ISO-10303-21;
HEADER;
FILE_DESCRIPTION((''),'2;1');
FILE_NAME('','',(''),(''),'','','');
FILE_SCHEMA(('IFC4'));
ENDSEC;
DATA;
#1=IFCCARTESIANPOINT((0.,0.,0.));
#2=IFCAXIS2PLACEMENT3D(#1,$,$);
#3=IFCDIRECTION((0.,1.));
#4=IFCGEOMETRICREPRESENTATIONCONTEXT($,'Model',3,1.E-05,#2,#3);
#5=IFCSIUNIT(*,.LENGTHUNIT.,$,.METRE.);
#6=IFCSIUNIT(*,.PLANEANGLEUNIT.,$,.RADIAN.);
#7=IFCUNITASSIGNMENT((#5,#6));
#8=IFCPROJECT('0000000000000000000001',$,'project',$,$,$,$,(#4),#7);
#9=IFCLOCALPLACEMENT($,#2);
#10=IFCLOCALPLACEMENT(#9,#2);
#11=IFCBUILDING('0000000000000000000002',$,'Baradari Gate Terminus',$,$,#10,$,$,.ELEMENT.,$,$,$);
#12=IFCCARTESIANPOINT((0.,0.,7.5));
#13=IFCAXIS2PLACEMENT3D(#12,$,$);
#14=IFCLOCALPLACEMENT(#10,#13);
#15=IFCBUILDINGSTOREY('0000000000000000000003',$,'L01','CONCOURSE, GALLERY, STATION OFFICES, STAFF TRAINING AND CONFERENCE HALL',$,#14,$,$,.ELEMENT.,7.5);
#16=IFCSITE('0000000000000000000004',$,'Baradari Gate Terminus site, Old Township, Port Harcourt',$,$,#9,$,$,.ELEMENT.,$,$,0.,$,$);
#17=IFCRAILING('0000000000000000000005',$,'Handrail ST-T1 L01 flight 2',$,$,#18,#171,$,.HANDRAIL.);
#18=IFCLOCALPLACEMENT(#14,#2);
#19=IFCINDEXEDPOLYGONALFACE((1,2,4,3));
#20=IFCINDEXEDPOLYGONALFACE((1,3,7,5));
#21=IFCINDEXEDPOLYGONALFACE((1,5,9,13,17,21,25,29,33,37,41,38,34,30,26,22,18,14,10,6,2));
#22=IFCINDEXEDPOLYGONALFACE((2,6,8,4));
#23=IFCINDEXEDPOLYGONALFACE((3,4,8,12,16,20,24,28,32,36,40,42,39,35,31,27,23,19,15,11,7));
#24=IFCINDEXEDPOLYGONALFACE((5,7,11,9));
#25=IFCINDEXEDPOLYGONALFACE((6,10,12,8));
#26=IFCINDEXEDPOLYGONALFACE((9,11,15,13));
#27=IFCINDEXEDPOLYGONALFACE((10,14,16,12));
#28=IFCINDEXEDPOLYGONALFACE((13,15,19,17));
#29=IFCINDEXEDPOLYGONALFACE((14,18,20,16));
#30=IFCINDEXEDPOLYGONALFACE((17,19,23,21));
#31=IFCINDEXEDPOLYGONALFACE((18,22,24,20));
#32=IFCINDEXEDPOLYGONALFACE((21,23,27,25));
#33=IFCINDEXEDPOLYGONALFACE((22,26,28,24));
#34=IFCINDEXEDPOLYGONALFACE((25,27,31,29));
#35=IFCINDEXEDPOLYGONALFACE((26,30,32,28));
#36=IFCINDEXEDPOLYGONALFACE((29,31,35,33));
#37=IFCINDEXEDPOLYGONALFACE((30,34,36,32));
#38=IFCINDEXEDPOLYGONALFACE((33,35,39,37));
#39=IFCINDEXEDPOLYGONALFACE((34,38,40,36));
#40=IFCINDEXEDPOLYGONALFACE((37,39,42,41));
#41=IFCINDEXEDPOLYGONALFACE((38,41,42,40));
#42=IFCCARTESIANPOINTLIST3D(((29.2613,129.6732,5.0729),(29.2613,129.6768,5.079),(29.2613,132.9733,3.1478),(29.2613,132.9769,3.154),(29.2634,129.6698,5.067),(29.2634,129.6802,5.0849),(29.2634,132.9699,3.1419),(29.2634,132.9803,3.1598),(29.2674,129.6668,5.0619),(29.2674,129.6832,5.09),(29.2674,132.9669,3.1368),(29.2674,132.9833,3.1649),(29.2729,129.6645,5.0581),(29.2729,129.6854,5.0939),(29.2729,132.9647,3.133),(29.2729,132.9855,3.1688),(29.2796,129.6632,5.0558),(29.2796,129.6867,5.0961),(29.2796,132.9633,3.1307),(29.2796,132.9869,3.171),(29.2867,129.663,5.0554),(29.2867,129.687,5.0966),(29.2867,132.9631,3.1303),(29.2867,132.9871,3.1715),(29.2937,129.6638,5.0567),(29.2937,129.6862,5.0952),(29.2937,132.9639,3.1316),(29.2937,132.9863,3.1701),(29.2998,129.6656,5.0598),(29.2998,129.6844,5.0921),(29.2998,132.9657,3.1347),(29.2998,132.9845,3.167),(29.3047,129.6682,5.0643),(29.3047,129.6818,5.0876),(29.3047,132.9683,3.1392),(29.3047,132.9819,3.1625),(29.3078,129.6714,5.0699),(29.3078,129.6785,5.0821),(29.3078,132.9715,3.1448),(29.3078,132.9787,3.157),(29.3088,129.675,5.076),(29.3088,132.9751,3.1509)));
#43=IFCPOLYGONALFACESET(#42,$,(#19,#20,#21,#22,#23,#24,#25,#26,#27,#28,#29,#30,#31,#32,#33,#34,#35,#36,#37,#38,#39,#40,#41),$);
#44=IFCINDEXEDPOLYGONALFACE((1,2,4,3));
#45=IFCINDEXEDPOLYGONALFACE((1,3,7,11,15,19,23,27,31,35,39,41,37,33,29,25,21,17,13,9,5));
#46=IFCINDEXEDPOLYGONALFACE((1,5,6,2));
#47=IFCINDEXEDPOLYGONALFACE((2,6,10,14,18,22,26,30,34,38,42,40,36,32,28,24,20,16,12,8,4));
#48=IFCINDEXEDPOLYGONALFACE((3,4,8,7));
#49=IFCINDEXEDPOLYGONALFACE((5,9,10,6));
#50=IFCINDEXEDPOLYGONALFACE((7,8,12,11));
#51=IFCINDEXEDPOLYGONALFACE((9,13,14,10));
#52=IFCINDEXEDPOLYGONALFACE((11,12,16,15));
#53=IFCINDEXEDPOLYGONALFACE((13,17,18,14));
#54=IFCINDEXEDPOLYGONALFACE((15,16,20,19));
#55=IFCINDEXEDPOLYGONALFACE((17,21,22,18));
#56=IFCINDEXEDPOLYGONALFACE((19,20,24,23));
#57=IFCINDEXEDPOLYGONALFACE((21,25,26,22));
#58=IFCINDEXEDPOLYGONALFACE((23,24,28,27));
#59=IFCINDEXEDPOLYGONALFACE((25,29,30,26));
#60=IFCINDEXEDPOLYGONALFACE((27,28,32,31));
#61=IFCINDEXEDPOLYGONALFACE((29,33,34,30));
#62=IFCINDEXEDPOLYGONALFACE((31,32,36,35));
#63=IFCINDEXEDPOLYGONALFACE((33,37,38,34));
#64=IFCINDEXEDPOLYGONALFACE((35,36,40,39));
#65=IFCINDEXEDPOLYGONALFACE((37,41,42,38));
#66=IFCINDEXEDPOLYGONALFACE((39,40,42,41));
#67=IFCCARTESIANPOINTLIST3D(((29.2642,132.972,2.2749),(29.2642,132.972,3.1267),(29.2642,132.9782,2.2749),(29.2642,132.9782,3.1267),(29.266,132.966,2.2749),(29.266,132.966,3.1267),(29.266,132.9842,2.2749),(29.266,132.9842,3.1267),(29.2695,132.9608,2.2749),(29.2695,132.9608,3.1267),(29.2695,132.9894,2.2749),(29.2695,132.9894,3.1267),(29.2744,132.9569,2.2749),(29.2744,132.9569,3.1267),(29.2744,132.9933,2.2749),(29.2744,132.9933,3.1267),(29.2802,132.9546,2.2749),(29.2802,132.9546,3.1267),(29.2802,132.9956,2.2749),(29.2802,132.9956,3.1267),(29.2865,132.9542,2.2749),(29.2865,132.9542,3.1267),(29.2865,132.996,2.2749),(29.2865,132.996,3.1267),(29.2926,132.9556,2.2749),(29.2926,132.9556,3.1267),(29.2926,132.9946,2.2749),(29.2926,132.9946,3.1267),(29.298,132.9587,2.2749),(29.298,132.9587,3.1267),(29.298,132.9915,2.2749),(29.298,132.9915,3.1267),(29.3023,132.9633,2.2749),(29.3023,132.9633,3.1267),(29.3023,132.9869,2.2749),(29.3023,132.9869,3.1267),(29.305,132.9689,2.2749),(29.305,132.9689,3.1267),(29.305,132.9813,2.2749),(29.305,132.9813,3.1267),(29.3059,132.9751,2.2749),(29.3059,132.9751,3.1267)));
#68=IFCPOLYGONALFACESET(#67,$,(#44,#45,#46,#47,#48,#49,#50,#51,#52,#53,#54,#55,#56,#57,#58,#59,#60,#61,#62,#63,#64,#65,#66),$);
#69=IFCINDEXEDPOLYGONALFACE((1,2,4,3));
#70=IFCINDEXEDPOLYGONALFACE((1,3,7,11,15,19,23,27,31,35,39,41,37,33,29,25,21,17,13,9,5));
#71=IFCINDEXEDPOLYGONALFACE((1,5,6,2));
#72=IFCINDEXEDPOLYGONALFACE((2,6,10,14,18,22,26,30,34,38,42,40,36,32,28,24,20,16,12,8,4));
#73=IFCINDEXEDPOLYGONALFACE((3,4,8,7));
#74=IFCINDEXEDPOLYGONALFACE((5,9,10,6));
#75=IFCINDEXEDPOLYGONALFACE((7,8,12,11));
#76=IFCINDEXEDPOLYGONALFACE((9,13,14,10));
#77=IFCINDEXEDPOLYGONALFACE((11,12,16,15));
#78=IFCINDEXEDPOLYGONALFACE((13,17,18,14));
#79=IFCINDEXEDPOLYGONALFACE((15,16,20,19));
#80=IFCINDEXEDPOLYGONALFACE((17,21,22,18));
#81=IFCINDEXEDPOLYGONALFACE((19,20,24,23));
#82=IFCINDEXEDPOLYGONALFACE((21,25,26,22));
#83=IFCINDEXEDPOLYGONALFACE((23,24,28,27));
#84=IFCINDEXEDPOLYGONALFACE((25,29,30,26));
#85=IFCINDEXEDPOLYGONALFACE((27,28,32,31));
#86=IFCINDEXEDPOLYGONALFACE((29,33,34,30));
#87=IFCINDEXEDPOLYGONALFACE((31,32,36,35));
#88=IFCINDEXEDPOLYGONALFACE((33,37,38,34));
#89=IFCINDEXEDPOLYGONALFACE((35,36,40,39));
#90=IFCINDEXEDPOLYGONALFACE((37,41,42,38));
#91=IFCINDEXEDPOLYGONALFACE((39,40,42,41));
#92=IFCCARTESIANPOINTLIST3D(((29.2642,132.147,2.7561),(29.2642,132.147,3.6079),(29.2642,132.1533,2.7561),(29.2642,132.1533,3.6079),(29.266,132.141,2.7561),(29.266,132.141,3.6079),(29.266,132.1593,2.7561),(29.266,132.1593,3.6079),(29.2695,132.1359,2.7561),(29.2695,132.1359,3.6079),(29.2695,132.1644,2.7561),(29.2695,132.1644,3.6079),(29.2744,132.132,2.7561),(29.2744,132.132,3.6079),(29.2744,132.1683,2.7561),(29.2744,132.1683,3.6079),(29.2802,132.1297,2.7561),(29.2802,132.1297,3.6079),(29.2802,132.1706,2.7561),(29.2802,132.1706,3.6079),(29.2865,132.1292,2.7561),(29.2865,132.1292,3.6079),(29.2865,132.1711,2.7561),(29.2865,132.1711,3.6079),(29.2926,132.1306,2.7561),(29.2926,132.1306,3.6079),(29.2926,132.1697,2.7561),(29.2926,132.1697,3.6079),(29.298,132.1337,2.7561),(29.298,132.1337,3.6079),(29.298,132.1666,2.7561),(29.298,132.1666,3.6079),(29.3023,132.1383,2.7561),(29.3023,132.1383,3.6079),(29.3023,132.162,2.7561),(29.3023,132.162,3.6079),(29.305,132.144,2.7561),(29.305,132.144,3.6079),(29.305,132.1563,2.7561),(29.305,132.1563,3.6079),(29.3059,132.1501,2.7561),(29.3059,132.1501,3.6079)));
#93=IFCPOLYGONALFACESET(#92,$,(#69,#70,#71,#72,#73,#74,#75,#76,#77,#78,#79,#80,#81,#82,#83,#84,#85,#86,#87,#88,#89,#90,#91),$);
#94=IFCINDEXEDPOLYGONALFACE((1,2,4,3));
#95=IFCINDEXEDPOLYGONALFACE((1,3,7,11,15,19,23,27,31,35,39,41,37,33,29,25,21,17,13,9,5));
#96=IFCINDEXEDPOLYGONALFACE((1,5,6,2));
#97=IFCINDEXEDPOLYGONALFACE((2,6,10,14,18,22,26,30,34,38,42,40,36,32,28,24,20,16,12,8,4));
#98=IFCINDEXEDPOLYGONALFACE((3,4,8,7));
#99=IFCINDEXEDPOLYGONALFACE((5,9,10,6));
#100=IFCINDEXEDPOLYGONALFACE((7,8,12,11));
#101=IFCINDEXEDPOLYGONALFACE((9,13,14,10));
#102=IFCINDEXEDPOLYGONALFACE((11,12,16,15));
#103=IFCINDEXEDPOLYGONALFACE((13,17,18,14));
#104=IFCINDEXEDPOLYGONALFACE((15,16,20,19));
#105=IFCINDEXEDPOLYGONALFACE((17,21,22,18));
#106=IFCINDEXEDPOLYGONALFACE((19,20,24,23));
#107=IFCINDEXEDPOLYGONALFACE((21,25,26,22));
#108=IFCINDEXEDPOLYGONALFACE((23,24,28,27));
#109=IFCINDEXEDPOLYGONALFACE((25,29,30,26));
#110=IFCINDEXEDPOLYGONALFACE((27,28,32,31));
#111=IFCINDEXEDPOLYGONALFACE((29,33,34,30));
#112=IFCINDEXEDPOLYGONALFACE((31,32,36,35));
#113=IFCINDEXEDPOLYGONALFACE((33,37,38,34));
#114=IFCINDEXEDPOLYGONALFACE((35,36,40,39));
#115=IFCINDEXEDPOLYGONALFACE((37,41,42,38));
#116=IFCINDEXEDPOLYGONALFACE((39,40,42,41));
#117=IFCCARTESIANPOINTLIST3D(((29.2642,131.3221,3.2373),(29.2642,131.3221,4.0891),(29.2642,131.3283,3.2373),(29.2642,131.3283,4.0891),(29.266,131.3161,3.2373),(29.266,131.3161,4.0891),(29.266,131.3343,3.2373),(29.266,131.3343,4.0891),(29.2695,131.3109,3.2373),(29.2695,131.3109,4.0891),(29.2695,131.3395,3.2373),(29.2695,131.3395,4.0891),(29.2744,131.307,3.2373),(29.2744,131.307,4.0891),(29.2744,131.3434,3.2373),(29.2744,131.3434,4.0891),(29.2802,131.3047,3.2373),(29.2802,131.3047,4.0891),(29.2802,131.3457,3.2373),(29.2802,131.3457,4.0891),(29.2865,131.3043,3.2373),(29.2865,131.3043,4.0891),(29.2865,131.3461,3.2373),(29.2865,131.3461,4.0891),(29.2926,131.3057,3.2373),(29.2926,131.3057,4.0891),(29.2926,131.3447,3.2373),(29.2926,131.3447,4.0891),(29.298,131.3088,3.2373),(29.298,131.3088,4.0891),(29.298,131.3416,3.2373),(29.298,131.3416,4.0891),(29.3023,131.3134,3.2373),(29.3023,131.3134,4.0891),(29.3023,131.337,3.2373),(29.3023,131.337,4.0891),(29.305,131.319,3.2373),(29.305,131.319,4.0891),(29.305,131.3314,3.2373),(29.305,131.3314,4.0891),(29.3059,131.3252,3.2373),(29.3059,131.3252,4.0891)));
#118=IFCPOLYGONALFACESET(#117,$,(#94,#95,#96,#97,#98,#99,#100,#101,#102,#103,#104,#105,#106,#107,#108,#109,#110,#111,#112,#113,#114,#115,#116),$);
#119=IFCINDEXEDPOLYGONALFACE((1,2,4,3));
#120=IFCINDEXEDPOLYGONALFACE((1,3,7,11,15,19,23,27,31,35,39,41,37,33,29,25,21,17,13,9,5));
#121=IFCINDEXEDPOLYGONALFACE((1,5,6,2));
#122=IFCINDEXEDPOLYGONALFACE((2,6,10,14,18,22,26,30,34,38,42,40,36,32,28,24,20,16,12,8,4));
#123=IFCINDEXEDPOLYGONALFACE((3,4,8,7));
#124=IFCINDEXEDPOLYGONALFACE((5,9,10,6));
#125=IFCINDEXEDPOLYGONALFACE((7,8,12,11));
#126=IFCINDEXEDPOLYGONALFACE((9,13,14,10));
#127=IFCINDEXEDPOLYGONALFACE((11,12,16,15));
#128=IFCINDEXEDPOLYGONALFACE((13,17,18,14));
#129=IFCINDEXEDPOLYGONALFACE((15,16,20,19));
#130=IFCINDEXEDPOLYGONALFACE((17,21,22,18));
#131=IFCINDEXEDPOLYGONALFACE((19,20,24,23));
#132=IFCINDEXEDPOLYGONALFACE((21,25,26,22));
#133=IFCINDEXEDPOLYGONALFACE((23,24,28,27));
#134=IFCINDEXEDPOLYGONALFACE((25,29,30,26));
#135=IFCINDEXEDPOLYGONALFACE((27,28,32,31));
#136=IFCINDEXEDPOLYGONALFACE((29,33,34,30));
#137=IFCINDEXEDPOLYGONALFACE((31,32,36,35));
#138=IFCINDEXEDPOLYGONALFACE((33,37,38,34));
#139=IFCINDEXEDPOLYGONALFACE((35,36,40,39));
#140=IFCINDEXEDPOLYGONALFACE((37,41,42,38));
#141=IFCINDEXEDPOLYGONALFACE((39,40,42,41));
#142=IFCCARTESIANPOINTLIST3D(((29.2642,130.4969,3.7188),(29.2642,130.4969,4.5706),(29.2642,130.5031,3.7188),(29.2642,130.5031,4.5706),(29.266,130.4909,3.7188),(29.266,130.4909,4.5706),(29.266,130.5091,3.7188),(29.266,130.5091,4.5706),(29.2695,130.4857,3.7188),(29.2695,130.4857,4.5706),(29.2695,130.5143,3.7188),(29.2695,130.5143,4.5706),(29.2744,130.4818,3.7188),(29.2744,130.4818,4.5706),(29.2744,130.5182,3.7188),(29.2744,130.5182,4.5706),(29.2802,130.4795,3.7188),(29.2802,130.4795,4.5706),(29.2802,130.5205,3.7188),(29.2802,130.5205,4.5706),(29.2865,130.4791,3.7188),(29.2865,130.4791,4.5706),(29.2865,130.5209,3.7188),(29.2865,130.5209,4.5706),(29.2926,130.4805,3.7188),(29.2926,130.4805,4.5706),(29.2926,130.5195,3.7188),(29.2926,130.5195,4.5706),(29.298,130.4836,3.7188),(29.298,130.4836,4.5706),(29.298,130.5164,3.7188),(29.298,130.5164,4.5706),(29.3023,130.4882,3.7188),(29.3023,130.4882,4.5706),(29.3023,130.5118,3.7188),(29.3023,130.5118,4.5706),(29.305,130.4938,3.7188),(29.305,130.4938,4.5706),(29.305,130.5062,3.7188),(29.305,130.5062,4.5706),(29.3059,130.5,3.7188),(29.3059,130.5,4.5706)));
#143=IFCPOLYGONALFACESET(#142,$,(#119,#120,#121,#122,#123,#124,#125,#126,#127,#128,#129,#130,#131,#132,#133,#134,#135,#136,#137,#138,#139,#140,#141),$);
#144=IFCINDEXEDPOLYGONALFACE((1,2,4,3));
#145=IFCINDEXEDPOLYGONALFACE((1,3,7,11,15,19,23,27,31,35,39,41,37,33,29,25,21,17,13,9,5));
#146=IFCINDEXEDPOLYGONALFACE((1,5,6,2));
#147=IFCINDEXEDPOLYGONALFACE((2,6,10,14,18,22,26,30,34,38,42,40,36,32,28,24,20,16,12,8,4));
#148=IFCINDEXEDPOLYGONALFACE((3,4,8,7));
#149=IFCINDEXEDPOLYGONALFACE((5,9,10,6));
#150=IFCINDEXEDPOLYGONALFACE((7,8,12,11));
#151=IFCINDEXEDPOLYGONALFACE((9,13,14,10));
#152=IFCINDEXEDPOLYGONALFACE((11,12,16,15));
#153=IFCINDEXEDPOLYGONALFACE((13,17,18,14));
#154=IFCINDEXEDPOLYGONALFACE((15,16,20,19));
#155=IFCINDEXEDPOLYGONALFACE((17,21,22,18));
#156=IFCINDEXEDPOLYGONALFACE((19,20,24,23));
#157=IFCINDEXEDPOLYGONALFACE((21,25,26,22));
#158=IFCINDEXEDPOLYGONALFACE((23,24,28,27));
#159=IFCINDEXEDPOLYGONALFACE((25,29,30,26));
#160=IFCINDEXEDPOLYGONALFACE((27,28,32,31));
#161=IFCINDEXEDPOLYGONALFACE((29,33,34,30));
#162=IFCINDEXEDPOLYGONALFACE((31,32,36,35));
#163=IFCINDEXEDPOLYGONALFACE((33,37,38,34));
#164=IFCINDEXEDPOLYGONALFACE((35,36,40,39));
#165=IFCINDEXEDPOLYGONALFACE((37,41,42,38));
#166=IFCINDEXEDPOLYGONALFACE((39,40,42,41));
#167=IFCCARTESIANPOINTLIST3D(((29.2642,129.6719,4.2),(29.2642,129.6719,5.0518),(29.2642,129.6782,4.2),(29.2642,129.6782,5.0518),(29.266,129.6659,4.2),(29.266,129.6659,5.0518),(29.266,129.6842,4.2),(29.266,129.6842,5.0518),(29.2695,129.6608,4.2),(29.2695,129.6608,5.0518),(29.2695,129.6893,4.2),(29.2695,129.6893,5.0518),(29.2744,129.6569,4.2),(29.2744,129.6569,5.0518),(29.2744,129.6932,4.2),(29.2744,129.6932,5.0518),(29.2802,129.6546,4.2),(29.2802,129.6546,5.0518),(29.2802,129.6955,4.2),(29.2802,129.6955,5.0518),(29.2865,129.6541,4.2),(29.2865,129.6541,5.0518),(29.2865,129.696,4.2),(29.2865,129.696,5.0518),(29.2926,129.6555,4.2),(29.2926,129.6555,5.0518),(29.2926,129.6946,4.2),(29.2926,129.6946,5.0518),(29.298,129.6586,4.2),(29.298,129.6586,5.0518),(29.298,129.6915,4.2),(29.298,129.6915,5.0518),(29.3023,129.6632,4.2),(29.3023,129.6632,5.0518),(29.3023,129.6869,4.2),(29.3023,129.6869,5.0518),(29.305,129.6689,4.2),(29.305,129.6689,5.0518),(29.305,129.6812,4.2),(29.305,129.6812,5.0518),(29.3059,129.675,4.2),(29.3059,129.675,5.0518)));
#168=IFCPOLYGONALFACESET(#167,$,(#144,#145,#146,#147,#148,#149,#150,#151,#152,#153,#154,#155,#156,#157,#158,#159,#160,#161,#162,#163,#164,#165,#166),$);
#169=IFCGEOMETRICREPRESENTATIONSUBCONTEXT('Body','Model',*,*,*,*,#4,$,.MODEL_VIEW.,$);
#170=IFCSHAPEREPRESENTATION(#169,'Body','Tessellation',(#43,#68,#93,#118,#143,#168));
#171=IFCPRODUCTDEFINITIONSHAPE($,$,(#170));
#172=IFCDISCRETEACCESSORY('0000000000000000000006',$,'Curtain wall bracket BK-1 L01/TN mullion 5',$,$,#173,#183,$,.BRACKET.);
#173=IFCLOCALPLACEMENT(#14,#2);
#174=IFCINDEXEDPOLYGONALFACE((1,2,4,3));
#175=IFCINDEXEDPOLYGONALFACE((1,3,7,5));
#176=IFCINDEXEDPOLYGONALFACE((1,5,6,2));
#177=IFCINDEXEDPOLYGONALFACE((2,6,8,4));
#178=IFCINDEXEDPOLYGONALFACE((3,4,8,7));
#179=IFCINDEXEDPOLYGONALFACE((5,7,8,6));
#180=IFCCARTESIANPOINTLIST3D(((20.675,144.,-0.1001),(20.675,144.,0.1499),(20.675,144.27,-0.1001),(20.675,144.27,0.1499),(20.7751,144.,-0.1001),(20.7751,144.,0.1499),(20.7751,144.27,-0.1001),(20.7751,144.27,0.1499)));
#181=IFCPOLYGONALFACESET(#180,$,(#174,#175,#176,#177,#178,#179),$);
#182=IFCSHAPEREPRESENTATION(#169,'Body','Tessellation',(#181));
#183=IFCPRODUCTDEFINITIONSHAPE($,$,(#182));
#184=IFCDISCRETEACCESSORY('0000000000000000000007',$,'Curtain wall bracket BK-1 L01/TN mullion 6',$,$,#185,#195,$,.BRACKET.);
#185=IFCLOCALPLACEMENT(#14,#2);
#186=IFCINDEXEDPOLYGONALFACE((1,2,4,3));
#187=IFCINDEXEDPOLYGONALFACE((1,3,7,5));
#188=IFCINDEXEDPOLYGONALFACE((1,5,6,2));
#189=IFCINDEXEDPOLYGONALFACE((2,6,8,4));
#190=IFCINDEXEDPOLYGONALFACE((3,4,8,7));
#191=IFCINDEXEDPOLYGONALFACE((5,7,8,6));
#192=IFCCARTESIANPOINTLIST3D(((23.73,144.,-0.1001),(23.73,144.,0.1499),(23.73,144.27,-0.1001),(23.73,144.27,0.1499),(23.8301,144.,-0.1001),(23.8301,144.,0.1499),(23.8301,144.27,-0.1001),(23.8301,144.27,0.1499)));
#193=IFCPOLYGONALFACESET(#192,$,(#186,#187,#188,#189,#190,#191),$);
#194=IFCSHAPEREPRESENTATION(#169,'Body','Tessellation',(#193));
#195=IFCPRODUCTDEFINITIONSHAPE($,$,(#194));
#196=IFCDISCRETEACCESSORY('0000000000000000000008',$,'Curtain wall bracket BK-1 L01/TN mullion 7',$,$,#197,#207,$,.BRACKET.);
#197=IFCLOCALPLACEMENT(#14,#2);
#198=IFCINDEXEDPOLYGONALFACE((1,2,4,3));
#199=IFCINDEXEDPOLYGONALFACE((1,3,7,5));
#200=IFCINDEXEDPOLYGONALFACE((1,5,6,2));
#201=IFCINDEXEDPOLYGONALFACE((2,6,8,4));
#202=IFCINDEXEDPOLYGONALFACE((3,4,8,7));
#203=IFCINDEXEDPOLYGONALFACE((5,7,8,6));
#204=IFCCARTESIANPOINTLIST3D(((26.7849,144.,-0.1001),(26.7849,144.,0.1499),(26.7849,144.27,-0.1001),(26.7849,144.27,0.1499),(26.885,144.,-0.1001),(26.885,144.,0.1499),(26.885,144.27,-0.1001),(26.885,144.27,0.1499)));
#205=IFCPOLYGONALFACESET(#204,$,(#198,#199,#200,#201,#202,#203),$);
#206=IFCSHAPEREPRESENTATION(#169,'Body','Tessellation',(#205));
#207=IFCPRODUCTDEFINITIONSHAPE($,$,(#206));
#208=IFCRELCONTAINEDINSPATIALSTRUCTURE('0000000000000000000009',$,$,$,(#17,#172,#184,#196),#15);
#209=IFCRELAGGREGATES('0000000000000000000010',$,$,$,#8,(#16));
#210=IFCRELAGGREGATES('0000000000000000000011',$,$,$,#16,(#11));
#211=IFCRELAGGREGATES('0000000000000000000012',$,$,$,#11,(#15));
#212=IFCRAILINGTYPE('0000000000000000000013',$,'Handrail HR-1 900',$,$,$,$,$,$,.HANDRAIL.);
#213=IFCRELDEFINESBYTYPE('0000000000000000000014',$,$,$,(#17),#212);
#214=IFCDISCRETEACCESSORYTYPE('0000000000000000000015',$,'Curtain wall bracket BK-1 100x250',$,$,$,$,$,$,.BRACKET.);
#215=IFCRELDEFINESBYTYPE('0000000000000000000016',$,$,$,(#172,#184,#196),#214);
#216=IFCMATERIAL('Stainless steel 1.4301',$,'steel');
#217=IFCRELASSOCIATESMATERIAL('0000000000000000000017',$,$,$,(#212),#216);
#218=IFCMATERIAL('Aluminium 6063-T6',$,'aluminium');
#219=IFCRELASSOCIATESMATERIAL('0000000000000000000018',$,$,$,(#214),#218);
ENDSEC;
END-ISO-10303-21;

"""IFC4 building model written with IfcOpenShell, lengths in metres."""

from ifc_helpers import new_model, si_unit, direction, frame, origin, origin_2d, place, context, subcontext, project, spatial, rectangle, circle, extrude, material, type_object, element, save


model = new_model("IFC4")

# Units and contexts
model_context = context("Model", 3, precision=1e-05, world=origin(), true_north=direction((0.0, 1.0)))
body_context = subcontext(model_context, "Body", "Model", "MODEL_VIEW")
ifc_project = project(units=[si_unit("LENGTHUNIT", "METRE"), si_unit("PLANEANGLEUNIT", "RADIAN")], contexts=[model_context])

# Site, building, storey
site_placement = place(None, origin())
site = spatial("IfcSite", under=ifc_project, at=site_placement, Name="Baradari Gate Terminus site, Old Township, Port Harcourt", CompositionType="ELEMENT", RefElevation=0.0)
building_placement = place(site_placement, origin())
building = spatial("IfcBuilding", under=site, at=building_placement, Name="Baradari Gate Terminus", CompositionType="ELEMENT")
storey_placement = place(building_placement, frame((0.0, 0.0, 7.5)))
storey = spatial("IfcBuildingStorey", under=building, at=storey_placement, Name="L01", Description="CONCOURSE, GALLERY, STATION OFFICES, STAFF TRAINING AND CONFERENCE HALL", CompositionType="ELEMENT", Elevation=7.5)

# Railing
ifc_material_1 = material(Name="Stainless steel 1.4301", Category="steel")
railing_type = type_object("IfcRailingType", Name="Handrail HR-1 900", PredefinedType="HANDRAIL", material=ifc_material_1)
railing_placement = place(storey_placement, frame((29.2849, 132.9751, 2.2749)))
element("IfcRailing", 1, at=railing_placement, inside=storey, type_object=railing_type, Name="Handrail ST-T1 L01 flight 2", PredefinedType="HANDRAIL", context=body_context, shape_type="SweptSolid", body=[
    extrude(circle(Radius=0.0239, at=origin_2d()), frame((0.0, 0.0, 0.876), z_axis=(0.0, -0.863777, 0.503875), x_axis=(1.0, 0.0, 0.0)), (0.0, 0.0, 1.0), 3.8206),
    extrude(circle(Radius=0.021, at=origin_2d()), origin(), (0.0, 0.0, 1.0), 0.8518),
    extrude(circle(Radius=0.021, at=origin_2d()), frame((0.0, -0.825, 0.4812)), (0.0, 0.0, 1.0), 0.8518),
    extrude(circle(Radius=0.021, at=origin_2d()), frame((0.0, -1.6499, 0.9624)), (0.0, 0.0, 1.0), 0.8518),
    extrude(circle(Radius=0.021, at=origin_2d()), frame((0.0, -2.4751, 1.4438)), (0.0, 0.0, 1.0), 0.8518),
    extrude(circle(Radius=0.021, at=origin_2d()), frame((0.0, -3.3, 1.925)), (0.0, 0.0, 1.0), 0.8518),
])

# Discrete accessories
ifc_material_2 = material(Name="Aluminium 6063-T6", Category="aluminium")
discrete_accessory_type = type_object("IfcDiscreteAccessoryType", Name="Curtain wall bracket BK-1 100x250", PredefinedType="BRACKET", material=ifc_material_2)
for number, where, z_axis, x_axis, name in (
    (2, (20.7251, 144.135, -0.1001), (0.0, 0.0, 1.0), (0.0, 1.0, 0.0), "Curtain wall bracket BK-1 L01/TN mullion 5"),
    (3, (23.78, 144.135, -0.1001), (0.0, 0.0, 1.0), (0.0, 1.0, 0.0), "Curtain wall bracket BK-1 L01/TN mullion 6"),
    (4, (26.835, 144.135, -0.1001), (0.0, 0.0, 1.0), (0.0, 1.0, 0.0), "Curtain wall bracket BK-1 L01/TN mullion 7"),
):
    element("IfcDiscreteAccessory", number, at=place(storey_placement, frame(where, z_axis=z_axis, x_axis=x_axis)), inside=storey, type_object=discrete_accessory_type, Name=name, PredefinedType="BRACKET", context=body_context, shape_type="SweptSolid", body=[
        extrude(rectangle(XDim=0.27, YDim=0.1001, at=origin_2d()), origin(), (0.0, 0.0, 1.0), 0.25),
    ])

save(model, "model.ifc")
